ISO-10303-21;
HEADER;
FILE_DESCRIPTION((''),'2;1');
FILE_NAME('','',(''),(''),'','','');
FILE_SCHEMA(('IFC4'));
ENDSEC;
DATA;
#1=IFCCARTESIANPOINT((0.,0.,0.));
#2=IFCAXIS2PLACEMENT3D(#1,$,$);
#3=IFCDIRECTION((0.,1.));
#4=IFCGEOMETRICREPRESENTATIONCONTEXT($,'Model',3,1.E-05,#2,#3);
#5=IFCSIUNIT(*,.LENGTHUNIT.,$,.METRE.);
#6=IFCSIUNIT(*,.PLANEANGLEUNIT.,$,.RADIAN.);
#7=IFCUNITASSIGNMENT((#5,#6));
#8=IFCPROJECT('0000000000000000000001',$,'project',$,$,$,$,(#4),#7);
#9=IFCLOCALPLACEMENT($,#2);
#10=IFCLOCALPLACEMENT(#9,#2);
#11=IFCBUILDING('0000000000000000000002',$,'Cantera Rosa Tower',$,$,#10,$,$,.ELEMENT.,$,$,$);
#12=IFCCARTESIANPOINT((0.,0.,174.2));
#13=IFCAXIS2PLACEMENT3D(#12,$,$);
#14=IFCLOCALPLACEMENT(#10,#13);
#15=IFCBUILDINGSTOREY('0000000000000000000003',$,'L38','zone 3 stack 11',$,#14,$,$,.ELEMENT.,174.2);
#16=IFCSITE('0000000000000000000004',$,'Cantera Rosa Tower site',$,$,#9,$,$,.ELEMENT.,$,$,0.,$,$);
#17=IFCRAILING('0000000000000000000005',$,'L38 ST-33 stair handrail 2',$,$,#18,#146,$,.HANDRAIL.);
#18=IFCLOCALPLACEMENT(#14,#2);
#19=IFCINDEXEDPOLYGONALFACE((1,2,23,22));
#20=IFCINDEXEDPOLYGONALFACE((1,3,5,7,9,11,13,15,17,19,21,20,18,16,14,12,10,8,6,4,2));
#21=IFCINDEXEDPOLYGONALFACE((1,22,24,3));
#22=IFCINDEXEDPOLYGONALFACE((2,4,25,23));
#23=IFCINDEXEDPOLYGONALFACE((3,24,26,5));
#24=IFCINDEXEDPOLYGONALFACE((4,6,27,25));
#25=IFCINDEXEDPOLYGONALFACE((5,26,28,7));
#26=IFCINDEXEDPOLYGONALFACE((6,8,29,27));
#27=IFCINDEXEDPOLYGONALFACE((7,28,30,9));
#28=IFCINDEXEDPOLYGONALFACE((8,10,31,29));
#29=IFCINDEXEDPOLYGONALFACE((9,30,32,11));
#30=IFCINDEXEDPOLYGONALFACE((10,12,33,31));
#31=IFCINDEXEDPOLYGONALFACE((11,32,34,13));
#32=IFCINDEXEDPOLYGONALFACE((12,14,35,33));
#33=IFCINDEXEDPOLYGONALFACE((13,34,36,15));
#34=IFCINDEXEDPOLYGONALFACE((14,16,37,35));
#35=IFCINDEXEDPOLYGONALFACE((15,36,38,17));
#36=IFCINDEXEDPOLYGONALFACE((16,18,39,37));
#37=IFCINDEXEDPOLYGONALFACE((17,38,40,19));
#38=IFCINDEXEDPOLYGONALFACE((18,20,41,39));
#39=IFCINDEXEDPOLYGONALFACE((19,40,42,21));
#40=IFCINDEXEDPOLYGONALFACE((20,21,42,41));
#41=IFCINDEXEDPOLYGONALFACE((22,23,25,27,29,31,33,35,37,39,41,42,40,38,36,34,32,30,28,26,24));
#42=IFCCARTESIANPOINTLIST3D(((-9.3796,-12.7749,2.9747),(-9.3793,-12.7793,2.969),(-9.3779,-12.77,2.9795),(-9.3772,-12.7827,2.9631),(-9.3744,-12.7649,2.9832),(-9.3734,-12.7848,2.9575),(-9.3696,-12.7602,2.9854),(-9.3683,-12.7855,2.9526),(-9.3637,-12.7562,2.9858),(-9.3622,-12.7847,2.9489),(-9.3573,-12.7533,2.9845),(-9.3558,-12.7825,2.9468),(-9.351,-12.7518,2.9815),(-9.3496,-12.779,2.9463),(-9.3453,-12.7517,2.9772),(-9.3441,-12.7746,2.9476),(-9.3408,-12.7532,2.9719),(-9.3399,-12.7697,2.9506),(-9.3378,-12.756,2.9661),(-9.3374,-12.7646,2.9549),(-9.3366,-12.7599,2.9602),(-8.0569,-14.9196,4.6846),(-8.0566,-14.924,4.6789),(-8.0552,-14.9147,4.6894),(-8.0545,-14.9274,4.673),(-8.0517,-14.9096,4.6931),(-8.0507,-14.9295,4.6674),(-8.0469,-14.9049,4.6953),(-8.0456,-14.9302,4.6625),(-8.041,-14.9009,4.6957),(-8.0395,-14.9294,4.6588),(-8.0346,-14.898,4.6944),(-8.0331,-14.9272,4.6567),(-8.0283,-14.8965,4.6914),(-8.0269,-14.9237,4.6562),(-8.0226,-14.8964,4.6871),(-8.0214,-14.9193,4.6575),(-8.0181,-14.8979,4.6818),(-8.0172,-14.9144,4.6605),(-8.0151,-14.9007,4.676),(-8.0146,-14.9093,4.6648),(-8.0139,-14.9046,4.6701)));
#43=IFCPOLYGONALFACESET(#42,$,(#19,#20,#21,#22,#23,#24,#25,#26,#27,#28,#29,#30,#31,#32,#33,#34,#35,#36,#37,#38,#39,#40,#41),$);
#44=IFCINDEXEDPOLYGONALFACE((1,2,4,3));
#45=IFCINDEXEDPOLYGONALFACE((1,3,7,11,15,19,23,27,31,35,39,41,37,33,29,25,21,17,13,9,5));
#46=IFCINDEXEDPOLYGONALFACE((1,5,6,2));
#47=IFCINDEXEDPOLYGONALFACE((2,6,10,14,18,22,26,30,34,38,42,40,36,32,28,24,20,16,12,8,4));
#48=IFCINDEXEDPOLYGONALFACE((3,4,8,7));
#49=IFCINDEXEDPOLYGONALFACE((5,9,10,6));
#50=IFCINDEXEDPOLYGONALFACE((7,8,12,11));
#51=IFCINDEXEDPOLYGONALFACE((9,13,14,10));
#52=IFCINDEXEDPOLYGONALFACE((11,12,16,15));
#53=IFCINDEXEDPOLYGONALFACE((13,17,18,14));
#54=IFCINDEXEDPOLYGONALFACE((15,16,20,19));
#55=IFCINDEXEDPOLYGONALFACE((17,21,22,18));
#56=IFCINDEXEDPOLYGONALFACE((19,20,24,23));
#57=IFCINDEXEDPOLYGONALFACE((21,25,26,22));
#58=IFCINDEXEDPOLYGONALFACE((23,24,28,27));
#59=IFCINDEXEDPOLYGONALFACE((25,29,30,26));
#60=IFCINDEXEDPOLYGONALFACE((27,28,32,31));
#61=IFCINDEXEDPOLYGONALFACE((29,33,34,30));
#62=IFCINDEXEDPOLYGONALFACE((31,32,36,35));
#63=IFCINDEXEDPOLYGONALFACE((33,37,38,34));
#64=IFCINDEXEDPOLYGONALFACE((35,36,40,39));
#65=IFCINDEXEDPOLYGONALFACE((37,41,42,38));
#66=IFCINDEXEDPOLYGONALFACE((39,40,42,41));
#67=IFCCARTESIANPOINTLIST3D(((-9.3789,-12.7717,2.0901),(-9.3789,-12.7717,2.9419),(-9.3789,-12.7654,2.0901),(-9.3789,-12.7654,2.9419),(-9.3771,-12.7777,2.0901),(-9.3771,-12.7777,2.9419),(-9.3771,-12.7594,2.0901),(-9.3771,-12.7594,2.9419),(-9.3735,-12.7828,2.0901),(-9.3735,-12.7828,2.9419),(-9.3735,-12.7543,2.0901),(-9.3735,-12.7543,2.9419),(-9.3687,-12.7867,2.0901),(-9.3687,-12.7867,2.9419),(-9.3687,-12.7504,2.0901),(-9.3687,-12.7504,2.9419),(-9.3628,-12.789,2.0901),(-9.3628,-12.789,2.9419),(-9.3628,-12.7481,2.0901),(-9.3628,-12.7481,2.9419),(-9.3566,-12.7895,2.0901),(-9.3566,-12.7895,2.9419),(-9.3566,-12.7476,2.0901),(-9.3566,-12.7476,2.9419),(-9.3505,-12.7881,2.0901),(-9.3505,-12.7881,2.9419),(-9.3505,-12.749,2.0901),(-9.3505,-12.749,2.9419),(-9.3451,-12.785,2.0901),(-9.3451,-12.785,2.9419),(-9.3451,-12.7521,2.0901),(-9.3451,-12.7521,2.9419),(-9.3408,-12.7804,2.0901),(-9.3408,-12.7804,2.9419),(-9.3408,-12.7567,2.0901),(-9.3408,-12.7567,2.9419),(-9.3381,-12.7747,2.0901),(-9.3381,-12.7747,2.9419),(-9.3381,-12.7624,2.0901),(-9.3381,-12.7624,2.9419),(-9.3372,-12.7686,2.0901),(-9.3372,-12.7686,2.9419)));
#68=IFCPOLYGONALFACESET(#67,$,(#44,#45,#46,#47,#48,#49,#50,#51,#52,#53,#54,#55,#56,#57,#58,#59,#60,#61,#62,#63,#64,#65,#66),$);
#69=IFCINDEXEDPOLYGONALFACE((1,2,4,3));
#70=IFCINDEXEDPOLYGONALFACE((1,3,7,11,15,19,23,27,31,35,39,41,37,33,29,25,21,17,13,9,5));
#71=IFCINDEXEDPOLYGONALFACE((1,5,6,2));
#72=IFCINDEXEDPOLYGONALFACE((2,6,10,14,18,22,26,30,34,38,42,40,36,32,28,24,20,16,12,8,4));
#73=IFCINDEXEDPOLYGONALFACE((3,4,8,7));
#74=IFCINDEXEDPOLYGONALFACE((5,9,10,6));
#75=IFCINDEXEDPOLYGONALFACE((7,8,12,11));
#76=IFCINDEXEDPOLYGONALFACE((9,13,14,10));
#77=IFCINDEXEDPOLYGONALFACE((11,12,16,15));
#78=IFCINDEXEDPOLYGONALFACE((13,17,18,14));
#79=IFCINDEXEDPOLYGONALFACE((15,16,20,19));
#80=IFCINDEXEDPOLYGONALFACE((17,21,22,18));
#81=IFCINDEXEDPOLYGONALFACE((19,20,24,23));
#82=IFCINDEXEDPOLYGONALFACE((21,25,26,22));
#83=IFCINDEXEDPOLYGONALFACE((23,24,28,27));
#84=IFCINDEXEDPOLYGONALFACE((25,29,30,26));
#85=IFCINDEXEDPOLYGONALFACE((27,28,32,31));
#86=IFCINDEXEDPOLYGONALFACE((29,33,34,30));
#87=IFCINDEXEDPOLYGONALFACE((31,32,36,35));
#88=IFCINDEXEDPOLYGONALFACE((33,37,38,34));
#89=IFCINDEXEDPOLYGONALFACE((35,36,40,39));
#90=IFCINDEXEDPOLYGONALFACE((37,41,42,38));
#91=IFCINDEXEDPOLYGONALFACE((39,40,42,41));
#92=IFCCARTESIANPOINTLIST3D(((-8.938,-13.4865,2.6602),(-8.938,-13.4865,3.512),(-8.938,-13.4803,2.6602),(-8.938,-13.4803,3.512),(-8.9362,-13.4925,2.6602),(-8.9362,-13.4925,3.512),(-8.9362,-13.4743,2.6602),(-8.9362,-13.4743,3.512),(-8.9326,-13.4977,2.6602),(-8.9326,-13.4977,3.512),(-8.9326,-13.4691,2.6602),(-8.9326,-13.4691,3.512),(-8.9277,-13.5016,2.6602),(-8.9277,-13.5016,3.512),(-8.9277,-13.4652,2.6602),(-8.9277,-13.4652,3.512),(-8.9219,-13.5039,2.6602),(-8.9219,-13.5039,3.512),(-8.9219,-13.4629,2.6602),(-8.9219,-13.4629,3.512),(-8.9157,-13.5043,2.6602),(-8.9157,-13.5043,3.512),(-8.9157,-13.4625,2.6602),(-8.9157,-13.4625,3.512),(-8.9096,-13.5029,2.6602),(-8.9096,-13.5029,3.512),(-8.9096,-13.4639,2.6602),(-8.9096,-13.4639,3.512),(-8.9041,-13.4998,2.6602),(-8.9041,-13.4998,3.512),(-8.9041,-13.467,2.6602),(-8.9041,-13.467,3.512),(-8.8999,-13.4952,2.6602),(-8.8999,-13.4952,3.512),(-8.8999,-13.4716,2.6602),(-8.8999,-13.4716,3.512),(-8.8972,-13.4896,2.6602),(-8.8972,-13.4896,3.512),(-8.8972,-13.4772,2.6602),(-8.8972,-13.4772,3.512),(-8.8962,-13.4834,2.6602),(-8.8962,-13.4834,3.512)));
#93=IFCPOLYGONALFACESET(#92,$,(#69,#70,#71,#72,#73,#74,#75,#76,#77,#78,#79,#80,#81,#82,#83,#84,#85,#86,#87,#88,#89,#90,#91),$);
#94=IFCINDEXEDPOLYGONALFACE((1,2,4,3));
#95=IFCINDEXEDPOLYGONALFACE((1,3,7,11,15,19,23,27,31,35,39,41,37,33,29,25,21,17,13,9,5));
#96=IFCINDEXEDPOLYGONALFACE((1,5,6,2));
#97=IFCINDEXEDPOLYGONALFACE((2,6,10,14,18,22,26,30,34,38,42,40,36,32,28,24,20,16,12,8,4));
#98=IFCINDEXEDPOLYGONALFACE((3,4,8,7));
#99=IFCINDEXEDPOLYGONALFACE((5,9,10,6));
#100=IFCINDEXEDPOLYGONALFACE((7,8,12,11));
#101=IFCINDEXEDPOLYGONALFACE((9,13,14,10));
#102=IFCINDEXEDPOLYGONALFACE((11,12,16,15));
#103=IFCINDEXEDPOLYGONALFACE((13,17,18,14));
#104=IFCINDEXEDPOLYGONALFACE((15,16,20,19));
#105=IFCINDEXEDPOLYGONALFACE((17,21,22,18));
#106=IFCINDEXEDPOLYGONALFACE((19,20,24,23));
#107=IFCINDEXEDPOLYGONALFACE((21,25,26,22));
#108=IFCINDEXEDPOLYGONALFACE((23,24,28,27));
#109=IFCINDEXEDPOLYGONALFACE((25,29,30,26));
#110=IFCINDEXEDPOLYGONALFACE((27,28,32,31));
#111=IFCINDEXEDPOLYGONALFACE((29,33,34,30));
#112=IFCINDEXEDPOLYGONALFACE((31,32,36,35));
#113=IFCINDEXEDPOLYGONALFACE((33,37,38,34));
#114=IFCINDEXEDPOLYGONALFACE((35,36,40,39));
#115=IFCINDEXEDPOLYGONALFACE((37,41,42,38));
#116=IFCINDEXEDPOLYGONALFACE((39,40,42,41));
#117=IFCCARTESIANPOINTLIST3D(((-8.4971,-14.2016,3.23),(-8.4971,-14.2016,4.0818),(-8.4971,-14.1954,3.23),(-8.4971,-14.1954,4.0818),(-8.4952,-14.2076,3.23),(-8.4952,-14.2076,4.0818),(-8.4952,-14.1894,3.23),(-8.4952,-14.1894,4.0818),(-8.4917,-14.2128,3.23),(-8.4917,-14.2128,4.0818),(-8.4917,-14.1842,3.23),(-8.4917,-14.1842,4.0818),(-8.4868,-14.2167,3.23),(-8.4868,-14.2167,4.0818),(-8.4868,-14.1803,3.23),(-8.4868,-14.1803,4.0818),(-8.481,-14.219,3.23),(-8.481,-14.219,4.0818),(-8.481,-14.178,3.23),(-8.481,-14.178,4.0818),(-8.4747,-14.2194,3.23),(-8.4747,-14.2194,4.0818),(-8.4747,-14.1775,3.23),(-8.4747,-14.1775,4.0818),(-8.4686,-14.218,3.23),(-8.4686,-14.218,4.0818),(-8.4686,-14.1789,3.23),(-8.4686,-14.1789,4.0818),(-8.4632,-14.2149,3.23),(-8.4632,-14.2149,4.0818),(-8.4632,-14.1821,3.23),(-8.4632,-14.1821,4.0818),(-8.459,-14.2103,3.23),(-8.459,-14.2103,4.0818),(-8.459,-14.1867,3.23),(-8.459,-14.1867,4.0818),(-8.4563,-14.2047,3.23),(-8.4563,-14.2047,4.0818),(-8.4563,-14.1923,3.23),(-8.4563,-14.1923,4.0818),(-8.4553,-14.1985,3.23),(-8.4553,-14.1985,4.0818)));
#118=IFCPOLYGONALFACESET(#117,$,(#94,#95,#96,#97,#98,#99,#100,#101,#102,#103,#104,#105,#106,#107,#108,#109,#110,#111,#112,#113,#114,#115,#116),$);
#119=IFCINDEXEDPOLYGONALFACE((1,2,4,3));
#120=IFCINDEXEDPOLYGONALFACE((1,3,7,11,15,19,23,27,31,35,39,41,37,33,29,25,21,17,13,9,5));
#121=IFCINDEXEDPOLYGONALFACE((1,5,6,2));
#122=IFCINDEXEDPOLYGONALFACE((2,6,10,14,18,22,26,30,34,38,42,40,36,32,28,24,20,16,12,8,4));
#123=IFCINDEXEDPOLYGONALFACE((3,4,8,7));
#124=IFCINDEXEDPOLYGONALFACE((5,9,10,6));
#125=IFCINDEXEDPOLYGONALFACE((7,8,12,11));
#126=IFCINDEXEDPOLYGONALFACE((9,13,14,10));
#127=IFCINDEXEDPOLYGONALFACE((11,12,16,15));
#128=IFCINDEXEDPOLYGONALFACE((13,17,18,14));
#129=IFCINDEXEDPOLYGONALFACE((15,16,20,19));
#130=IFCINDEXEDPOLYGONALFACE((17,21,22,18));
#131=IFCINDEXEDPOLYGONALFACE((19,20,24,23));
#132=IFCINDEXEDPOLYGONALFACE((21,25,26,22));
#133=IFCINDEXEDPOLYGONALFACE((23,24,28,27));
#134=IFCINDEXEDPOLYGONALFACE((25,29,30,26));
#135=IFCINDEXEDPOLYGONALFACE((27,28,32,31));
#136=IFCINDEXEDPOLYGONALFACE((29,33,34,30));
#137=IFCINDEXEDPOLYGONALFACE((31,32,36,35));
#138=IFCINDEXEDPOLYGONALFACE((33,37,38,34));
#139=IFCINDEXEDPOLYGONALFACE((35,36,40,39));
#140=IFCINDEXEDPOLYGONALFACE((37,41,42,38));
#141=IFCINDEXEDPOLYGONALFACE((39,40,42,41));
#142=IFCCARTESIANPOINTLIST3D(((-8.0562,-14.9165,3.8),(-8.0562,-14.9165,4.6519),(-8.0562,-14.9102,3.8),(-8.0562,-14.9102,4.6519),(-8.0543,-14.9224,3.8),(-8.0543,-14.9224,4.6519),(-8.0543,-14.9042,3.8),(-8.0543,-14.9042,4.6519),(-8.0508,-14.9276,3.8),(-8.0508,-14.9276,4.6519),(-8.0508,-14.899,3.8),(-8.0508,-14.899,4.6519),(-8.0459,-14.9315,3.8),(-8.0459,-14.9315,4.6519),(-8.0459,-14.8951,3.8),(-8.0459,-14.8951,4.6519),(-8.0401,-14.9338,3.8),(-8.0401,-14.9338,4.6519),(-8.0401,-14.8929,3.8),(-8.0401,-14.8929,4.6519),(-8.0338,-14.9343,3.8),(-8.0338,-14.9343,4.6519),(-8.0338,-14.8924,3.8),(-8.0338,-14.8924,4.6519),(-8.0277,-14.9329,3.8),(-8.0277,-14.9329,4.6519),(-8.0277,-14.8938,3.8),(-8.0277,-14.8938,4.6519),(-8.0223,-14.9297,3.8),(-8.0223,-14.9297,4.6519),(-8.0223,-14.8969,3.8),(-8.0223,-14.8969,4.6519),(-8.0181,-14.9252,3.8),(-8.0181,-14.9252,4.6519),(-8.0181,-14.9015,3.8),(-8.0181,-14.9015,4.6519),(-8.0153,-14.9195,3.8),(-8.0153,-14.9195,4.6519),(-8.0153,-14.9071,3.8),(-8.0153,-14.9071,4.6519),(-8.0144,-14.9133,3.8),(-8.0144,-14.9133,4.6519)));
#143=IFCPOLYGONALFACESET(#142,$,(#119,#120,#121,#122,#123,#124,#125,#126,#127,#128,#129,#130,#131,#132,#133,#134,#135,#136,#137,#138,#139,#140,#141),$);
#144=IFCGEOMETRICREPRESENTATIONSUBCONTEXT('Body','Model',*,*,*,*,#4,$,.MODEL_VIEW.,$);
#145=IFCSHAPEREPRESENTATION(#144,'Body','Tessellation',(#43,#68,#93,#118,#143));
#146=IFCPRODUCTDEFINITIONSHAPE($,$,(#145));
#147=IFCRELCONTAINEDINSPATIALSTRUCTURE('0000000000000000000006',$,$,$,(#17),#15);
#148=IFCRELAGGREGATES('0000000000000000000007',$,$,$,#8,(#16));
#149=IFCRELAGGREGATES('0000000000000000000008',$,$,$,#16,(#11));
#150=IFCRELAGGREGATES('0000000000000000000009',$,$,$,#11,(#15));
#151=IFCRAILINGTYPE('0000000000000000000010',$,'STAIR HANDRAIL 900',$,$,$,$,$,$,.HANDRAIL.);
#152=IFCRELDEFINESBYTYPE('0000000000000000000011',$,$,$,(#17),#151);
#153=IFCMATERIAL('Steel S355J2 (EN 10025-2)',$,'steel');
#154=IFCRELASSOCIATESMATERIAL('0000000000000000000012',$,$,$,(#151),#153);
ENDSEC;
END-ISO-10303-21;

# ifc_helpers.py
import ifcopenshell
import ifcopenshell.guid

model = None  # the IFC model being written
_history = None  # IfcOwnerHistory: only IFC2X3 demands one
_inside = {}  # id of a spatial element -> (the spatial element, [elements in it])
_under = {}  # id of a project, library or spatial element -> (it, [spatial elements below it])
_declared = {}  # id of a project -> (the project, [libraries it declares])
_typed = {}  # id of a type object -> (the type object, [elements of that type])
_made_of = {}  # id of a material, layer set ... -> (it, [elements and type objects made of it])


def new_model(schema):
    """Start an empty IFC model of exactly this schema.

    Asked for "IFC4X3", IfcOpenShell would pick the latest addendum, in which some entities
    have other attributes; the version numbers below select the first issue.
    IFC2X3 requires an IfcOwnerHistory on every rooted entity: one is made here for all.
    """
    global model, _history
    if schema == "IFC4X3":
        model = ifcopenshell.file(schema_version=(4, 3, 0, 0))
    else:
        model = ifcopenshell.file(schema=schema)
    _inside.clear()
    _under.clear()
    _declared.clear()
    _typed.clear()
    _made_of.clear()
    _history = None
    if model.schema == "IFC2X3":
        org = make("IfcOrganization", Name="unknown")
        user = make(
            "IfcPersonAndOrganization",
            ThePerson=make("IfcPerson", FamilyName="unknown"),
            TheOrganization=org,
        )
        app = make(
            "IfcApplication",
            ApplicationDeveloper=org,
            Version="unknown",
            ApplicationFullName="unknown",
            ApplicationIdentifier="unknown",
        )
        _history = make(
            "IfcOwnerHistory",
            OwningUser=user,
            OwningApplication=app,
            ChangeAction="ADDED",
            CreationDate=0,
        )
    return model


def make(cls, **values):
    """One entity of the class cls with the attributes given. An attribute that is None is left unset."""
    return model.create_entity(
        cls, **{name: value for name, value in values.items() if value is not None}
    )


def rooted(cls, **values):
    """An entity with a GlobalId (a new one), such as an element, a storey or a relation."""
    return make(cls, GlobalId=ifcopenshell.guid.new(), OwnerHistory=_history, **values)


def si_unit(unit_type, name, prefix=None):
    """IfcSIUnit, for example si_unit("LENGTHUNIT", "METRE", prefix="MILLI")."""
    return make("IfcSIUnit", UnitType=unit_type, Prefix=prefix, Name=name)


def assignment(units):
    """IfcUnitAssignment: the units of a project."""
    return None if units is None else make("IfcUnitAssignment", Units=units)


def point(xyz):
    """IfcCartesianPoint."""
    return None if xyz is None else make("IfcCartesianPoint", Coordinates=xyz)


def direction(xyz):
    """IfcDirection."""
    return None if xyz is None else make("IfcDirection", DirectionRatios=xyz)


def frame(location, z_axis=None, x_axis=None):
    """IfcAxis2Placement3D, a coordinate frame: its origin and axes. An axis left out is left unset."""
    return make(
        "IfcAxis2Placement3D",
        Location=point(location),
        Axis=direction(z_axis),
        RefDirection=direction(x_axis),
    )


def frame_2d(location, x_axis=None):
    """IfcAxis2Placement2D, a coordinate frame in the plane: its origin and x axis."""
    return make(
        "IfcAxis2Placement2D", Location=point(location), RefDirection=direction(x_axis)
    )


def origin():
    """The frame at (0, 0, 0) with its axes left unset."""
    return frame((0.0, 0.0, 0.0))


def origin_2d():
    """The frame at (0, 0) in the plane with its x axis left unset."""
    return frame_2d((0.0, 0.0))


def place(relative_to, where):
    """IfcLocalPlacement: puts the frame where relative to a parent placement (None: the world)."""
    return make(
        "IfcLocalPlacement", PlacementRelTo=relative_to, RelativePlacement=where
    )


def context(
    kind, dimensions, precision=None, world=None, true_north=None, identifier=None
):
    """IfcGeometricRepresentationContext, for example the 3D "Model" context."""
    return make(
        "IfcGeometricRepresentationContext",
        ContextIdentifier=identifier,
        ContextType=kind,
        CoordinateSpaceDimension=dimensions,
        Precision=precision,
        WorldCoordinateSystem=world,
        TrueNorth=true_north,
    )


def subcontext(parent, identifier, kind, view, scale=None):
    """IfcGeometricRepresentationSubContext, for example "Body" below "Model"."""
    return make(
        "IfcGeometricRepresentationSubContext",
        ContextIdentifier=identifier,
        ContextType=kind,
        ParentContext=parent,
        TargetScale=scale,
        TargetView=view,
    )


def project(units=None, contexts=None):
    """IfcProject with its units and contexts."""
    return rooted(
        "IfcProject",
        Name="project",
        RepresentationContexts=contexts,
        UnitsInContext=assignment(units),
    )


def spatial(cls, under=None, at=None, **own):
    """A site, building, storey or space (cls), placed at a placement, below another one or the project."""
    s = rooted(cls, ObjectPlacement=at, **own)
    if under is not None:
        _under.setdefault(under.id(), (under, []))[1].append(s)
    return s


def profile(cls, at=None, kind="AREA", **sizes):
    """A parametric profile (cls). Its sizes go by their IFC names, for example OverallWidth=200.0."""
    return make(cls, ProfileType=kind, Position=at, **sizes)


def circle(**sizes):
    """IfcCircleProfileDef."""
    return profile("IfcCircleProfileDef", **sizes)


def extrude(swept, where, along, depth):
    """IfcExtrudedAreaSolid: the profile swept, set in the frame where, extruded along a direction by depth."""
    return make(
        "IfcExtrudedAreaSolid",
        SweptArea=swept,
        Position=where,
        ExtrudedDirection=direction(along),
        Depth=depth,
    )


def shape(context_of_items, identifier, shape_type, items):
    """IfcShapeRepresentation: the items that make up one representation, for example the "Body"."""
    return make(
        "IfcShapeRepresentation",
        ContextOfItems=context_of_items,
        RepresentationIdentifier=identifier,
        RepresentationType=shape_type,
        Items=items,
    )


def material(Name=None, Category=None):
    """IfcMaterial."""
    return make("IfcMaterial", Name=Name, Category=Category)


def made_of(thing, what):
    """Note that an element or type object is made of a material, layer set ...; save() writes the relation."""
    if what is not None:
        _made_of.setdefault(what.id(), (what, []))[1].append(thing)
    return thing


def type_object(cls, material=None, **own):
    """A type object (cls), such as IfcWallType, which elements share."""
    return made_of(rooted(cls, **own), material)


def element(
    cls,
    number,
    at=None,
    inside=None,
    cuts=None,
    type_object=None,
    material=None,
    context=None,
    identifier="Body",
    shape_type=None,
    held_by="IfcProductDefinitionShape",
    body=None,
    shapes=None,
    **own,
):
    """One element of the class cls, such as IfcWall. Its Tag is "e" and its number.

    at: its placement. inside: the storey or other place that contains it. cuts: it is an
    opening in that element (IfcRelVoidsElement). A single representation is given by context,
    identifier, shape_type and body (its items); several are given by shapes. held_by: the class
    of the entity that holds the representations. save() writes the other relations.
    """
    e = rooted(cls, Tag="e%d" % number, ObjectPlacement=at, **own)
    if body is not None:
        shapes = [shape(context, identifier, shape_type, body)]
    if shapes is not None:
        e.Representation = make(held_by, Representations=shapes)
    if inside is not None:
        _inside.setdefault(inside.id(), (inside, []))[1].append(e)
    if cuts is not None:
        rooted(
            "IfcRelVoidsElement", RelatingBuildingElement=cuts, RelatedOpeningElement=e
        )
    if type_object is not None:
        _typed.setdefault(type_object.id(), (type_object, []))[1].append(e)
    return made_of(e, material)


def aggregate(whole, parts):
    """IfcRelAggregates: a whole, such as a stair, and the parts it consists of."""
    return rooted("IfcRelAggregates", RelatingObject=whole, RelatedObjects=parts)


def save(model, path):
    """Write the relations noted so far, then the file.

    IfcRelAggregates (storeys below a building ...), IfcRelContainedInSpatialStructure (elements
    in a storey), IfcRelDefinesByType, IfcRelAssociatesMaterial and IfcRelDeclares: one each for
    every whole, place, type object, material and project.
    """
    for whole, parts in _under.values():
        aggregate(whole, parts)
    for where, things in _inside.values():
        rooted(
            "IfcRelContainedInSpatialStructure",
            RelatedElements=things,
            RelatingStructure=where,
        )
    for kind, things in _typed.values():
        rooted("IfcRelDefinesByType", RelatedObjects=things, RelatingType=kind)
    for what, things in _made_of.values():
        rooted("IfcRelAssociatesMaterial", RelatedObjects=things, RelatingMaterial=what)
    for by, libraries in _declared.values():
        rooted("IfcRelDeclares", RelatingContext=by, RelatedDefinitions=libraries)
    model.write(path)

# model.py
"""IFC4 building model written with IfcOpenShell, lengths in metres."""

from ifc_helpers import new_model, si_unit, direction, frame, origin, origin_2d, place, context, subcontext, project, spatial, circle, extrude, material, type_object, element, save


model = new_model("IFC4")

# Units and contexts
model_context = context("Model", 3, precision=1e-05, world=origin(), true_north=direction((0.0, 1.0)))
body_context = subcontext(model_context, "Body", "Model", "MODEL_VIEW")
ifc_project = project(units=[si_unit("LENGTHUNIT", "METRE"), si_unit("PLANEANGLEUNIT", "RADIAN")], contexts=[model_context])

# Site, building, storey
site_placement = place(None, origin())
site = spatial("IfcSite", under=ifc_project, at=site_placement, Name="Cantera Rosa Tower site", CompositionType="ELEMENT", RefElevation=0.0)
building_placement = place(site_placement, origin())
building = spatial("IfcBuilding", under=site, at=building_placement, Name="Cantera Rosa Tower", CompositionType="ELEMENT")
storey_placement = place(building_placement, frame((0.0, 0.0, 174.2)))
storey = spatial("IfcBuildingStorey", under=building, at=storey_placement, Name="L38", Description="zone 3 stack 11", CompositionType="ELEMENT", Elevation=174.2)

# Railing
ifc_material_1 = material(Name="Steel S355J2 (EN 10025-2)", Category="steel")
railing_type_1 = type_object("IfcRailingType", Name="STAIR HANDRAIL 900", PredefinedType="HANDRAIL", material=ifc_material_1)
railing_1_placement = place(storey_placement, frame((-9.3582, -12.7686, 2.0901)))
element("IfcRailing", 1, at=railing_1_placement, inside=storey, type_object=railing_type_1, Name="L38 ST-33 stair handrail 2", PredefinedType="HANDRAIL", context=body_context, shape_type="SweptSolid", body=[
    extrude(circle(Radius=0.0239, at=origin_2d()), frame((0.0, 0.0, 0.876), z_axis=(0.434363, -0.704296, 0.561513), x_axis=(0.851146, 0.52493, 0.0)), (0.0, 0.0, 1.0), 3.0452),
    extrude(circle(Radius=0.021, at=origin_2d()), origin(), (0.0, 0.0, 1.0), 0.8518),
    extrude(circle(Radius=0.021, at=origin_2d()), frame((0.4409, -0.7148, 0.5701)), (0.0, 0.0, 1.0), 0.8518),
    extrude(circle(Radius=0.021, at=origin_2d()), frame((0.8818, -1.4299, 1.1399)), (0.0, 0.0, 1.0), 0.8518),
    extrude(circle(Radius=0.021, at=origin_2d()), frame((1.3228, -2.1448, 1.71)), (0.0, 0.0, 1.0), 0.8518),
])

save(model, "model.ifc")
